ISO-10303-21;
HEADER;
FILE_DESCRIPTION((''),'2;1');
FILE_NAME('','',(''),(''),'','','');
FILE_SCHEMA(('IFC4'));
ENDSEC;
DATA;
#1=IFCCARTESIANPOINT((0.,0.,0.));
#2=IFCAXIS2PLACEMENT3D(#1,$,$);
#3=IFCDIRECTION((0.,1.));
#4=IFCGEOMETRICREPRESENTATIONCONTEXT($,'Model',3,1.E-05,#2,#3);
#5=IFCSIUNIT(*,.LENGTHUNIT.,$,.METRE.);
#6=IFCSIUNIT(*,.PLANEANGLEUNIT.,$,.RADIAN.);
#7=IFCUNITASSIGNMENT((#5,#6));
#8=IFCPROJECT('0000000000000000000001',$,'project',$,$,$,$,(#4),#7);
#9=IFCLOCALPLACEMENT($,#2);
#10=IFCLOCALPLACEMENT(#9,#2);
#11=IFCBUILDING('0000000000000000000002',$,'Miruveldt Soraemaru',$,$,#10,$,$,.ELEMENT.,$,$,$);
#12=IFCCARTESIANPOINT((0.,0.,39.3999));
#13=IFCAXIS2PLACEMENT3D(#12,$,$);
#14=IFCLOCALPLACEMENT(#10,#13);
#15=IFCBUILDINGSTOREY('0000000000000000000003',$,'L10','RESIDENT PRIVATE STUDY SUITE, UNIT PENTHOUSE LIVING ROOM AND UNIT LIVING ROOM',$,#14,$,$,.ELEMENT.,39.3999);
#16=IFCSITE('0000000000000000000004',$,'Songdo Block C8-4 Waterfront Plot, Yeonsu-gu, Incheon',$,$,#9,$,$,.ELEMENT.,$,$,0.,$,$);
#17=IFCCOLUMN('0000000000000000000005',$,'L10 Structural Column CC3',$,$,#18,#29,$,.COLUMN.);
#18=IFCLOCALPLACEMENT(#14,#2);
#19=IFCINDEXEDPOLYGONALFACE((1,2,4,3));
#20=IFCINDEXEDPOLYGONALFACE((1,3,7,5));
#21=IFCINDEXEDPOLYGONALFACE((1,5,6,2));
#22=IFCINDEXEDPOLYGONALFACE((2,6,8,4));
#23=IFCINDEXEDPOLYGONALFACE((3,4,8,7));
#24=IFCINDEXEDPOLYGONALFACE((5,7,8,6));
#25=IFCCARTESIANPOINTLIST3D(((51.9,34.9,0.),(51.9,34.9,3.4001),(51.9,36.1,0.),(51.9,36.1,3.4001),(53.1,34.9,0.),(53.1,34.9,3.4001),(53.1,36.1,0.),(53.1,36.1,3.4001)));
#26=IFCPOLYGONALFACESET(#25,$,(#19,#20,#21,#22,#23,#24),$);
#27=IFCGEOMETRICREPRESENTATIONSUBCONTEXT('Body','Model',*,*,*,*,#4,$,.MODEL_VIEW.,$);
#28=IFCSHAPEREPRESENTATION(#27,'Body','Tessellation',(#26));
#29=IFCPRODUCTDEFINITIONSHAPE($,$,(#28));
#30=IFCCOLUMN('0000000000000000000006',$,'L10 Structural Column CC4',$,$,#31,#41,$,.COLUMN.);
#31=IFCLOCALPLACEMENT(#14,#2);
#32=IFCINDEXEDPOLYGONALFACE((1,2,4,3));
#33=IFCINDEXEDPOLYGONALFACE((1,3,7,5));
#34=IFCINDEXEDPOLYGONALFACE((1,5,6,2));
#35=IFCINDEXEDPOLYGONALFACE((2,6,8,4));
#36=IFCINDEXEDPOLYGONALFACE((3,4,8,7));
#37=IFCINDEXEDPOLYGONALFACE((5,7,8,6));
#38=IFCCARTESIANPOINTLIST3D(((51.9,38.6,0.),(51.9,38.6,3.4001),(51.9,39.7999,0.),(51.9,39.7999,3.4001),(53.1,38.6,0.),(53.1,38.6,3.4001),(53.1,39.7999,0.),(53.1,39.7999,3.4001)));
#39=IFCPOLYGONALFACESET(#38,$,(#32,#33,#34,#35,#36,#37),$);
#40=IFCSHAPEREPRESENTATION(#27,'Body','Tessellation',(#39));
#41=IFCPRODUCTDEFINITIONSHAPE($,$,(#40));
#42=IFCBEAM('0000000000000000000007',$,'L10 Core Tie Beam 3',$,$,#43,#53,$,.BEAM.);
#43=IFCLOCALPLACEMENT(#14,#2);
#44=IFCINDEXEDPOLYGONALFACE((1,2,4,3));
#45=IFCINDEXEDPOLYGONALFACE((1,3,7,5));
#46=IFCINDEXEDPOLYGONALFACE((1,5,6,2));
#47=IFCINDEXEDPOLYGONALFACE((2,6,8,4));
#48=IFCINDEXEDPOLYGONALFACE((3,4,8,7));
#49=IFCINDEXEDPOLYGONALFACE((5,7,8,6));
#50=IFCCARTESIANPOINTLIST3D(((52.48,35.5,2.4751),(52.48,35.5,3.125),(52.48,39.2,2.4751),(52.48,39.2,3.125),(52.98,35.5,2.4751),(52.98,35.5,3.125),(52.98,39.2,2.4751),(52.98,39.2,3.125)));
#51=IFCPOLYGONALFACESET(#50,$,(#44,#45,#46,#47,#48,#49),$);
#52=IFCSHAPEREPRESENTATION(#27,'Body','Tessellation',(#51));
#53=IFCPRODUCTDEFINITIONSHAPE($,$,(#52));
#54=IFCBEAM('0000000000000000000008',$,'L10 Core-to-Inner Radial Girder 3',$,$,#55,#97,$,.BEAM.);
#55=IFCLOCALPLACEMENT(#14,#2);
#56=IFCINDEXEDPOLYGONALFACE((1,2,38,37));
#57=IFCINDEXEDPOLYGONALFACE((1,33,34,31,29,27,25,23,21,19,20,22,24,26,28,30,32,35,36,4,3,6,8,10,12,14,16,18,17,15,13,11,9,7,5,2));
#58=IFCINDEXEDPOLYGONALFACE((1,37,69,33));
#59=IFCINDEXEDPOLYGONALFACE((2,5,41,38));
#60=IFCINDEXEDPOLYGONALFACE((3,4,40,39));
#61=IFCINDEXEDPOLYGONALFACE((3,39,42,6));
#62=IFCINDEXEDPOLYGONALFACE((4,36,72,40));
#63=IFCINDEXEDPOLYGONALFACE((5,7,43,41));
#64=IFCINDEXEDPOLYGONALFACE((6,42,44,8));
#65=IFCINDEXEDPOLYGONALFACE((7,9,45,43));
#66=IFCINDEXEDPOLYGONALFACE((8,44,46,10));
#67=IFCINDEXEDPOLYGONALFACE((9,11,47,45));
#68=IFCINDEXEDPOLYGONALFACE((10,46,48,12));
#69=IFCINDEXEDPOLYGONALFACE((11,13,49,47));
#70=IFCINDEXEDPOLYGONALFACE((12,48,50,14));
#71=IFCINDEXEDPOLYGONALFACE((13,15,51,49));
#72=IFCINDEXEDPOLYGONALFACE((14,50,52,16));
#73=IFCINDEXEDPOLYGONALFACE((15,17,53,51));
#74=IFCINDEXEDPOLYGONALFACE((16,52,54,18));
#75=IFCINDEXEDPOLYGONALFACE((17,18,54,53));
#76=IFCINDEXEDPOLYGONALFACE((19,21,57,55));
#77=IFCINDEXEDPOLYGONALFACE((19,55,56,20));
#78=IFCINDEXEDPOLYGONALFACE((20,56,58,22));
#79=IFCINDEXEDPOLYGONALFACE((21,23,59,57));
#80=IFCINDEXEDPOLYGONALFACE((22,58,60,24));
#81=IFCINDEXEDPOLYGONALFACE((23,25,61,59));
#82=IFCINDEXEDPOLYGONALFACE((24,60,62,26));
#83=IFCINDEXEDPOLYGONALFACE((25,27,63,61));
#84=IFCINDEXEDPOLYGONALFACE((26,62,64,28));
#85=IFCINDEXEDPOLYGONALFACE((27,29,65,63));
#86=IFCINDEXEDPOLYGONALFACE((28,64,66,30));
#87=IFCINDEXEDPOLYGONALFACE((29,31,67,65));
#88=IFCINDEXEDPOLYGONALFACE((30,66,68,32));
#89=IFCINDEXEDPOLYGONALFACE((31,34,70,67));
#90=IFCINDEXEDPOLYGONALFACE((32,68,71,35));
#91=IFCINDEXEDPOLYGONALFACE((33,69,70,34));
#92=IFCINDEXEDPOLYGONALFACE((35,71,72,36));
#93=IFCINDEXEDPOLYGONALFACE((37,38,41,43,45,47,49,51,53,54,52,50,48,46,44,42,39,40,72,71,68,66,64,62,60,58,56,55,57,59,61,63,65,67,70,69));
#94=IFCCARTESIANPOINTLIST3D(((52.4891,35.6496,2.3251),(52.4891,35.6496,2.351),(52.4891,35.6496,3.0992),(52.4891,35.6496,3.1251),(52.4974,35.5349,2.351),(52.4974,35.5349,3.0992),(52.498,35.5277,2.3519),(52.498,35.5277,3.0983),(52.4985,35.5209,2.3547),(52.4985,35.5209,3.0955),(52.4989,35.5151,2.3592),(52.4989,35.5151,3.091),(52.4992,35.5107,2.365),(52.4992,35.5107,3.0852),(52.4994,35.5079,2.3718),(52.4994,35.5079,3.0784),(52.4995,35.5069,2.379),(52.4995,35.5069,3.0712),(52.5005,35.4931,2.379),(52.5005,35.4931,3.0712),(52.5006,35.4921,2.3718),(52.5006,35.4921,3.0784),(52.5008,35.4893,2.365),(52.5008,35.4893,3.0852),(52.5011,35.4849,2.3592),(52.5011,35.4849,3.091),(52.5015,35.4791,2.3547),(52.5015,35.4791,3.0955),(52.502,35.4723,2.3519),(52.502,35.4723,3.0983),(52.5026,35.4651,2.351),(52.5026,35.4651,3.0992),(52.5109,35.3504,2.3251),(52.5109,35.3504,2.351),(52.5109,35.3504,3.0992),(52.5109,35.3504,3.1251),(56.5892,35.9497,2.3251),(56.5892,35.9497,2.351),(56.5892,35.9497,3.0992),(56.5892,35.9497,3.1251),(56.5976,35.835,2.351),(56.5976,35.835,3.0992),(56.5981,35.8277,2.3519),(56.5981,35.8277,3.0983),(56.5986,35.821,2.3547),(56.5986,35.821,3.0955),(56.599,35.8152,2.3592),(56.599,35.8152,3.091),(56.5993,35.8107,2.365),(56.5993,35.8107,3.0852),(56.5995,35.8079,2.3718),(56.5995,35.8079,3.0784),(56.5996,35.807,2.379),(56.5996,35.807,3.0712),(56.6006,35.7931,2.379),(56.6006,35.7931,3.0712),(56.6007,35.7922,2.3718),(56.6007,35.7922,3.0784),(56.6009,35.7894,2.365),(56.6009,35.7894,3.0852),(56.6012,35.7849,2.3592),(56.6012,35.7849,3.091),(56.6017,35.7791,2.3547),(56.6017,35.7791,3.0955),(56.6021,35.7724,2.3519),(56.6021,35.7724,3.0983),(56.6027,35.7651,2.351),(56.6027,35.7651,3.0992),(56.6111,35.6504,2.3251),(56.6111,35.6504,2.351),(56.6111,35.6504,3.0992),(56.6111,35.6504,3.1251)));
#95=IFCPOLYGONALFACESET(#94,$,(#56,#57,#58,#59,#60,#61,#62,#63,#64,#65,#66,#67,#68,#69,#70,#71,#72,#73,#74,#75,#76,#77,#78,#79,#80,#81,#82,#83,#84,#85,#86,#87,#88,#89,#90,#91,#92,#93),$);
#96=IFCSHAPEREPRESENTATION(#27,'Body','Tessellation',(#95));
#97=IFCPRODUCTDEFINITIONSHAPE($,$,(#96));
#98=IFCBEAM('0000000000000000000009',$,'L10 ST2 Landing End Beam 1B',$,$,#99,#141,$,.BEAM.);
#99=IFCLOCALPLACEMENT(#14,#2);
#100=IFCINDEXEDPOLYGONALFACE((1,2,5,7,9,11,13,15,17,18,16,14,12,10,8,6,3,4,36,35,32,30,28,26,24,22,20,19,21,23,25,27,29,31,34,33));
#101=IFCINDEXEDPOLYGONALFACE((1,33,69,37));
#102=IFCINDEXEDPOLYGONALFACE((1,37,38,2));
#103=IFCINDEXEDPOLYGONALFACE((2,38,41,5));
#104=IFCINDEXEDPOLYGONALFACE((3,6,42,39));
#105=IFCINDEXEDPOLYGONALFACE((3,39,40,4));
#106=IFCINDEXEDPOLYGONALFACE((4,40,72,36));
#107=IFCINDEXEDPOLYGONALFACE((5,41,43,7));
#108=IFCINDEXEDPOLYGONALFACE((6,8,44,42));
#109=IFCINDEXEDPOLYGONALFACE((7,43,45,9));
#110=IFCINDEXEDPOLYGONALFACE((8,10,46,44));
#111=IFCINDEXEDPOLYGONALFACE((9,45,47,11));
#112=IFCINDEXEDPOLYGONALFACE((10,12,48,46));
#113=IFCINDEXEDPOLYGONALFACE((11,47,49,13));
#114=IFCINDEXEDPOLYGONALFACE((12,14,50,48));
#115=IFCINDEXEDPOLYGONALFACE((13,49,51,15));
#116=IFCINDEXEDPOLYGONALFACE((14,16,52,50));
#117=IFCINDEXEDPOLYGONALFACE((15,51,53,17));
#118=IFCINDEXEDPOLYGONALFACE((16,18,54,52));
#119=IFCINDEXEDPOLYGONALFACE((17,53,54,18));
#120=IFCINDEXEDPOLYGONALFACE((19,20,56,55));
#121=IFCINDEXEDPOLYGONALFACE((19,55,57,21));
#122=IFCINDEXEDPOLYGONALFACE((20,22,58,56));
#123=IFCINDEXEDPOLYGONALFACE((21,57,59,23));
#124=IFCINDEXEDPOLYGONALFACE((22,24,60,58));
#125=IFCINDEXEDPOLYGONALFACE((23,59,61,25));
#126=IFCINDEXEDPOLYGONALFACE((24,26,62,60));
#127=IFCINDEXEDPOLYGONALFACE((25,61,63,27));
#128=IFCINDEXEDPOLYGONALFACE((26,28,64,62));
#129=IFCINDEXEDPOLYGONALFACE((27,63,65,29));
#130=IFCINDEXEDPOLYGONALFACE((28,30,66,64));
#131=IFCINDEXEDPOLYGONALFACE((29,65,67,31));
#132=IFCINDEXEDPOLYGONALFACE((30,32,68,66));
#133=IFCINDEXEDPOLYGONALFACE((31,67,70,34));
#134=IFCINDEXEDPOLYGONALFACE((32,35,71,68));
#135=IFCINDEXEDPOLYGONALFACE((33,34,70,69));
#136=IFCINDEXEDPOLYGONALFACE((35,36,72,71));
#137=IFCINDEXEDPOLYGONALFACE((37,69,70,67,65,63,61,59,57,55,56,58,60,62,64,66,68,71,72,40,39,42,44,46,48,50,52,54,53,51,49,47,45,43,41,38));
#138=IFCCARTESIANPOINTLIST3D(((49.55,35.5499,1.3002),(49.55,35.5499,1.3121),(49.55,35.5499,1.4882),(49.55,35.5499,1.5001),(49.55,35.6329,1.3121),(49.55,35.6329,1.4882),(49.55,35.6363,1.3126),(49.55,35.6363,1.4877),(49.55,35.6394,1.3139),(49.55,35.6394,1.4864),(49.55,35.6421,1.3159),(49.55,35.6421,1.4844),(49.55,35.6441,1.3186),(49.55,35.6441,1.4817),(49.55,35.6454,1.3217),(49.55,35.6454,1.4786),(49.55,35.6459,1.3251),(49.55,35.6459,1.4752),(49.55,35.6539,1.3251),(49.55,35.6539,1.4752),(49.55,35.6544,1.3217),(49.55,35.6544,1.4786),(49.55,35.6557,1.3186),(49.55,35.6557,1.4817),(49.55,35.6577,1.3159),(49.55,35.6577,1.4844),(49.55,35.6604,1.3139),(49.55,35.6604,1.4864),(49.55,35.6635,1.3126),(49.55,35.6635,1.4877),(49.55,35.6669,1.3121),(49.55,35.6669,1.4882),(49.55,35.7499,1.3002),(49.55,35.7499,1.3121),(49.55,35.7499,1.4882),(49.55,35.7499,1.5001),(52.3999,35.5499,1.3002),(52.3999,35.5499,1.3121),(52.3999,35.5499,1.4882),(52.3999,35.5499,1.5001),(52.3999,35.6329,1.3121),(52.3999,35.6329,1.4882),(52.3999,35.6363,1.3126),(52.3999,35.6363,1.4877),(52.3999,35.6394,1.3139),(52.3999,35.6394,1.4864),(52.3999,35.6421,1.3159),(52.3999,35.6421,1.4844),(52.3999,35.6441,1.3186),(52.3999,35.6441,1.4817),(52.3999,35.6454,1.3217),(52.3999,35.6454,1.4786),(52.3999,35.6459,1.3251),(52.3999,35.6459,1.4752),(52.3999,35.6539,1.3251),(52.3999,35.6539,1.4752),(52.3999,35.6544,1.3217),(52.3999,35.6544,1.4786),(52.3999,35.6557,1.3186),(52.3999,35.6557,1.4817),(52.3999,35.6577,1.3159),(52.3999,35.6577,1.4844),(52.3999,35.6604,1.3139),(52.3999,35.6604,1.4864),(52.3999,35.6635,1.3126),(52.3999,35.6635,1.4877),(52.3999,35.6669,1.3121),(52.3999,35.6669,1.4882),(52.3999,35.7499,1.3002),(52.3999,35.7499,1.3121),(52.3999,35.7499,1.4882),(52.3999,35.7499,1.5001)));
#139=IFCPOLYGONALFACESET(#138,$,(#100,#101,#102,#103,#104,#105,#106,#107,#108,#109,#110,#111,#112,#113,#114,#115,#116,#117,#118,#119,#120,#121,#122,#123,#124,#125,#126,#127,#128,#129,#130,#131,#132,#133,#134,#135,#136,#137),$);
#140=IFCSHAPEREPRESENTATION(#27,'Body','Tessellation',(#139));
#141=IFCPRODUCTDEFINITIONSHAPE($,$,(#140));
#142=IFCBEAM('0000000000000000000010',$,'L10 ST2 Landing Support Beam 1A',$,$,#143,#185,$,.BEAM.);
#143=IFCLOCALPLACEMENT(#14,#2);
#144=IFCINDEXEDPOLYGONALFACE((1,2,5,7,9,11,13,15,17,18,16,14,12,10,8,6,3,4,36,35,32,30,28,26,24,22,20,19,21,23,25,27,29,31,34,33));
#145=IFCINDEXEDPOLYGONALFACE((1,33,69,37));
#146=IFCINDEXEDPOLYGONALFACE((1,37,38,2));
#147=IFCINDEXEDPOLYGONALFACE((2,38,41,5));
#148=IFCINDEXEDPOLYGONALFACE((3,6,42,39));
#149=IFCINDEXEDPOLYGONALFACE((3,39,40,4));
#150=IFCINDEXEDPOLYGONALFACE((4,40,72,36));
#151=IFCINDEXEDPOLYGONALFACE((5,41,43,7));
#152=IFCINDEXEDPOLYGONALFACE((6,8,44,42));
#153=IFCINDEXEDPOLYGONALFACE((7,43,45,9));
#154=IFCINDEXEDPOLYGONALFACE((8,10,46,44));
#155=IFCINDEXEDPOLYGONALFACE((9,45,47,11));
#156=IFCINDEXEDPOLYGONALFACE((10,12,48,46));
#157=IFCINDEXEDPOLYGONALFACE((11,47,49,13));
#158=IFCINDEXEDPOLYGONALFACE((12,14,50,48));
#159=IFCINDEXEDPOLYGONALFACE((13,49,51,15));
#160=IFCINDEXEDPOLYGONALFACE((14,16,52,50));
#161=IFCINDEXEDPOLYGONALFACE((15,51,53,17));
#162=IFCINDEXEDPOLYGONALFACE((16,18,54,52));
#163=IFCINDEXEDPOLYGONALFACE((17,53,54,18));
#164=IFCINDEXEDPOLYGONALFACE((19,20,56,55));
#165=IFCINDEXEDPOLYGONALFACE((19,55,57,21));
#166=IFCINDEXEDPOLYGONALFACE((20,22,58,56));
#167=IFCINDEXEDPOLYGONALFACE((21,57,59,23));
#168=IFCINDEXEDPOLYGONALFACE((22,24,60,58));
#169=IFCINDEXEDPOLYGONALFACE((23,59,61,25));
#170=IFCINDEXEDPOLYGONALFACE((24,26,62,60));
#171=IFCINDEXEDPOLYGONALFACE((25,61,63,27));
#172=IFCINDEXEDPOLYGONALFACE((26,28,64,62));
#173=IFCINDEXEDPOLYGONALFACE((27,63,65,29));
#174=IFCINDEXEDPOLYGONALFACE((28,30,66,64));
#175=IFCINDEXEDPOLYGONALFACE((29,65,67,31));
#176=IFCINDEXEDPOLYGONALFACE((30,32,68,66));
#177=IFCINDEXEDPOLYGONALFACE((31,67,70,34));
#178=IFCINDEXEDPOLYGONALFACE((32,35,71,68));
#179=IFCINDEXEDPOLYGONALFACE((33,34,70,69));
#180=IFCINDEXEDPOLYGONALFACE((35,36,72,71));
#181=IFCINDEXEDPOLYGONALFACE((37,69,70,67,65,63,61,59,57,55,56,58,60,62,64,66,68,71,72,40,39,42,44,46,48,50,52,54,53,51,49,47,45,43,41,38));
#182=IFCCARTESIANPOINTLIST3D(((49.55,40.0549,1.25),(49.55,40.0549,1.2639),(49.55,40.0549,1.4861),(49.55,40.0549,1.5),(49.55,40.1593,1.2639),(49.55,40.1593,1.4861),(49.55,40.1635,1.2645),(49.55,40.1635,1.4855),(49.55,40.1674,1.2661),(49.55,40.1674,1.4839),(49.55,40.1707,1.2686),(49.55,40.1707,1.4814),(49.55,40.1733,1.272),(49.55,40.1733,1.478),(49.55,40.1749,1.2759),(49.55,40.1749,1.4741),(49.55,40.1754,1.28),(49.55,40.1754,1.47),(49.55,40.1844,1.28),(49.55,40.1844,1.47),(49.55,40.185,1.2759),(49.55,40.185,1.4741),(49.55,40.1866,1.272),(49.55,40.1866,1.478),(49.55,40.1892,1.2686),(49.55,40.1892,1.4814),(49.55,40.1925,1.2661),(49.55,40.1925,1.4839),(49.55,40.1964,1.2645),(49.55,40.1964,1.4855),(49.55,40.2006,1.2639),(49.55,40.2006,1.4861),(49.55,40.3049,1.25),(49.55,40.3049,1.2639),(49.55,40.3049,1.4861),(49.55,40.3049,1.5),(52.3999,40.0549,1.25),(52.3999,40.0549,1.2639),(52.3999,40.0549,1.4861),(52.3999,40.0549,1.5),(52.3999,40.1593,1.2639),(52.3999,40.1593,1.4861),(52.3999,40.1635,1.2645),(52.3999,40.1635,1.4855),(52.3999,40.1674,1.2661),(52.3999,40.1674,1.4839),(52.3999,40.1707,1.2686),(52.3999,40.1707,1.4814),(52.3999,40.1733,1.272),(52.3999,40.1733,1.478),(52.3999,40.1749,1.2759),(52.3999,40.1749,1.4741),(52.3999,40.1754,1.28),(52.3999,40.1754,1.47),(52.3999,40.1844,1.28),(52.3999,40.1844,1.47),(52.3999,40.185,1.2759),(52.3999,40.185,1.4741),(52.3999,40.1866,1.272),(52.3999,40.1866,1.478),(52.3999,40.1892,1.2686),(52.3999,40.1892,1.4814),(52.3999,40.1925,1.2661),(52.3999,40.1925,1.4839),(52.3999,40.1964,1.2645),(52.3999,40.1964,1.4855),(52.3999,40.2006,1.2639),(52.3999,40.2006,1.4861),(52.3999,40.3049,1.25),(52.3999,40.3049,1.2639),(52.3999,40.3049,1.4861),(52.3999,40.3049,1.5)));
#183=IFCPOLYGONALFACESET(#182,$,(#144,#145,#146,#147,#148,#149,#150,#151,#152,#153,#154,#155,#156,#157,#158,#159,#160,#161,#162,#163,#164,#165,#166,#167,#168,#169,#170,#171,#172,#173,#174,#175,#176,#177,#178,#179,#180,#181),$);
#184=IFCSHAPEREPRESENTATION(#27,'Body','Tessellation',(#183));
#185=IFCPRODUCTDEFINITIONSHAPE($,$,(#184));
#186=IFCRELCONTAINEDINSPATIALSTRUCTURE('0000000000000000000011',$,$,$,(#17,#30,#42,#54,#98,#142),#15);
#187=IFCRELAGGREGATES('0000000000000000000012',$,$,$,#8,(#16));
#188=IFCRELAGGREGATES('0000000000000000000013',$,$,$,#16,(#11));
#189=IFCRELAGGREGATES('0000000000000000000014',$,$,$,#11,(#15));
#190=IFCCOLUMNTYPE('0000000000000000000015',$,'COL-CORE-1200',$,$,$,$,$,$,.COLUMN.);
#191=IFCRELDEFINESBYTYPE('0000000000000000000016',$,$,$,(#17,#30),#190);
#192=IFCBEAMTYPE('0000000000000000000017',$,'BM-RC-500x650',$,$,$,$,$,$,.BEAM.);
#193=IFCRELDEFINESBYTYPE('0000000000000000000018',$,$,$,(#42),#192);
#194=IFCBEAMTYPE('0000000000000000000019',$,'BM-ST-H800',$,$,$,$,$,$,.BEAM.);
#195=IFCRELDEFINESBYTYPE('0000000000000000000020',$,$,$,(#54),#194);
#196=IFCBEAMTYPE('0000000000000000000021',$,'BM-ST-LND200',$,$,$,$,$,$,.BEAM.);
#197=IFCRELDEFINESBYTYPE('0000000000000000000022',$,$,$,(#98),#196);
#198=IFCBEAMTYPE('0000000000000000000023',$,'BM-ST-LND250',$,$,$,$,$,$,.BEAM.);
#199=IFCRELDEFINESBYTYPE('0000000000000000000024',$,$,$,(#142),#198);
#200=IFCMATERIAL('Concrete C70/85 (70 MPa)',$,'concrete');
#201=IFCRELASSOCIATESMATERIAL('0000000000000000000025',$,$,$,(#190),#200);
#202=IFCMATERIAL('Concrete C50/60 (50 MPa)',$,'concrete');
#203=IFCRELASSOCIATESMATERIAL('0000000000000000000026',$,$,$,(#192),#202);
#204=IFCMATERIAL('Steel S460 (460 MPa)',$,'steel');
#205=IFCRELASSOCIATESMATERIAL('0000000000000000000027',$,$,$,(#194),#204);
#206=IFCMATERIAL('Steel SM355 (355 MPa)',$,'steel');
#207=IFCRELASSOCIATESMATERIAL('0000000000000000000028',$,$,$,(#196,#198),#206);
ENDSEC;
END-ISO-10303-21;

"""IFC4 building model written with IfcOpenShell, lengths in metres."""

from ifc_helpers import new_model, si_unit, direction, frame, origin, origin_2d, place, context, subcontext, project, spatial, rectangle, i_section, extrude, material, material_profile, profile_set, type_object, element, save


model = new_model("IFC4")

# Units and contexts
model_context = context("Model", 3, precision=1e-05, world=origin(), true_north=direction((0.0, 1.0)))
body_context = subcontext(model_context, "Body", "Model", "MODEL_VIEW")
ifc_project = project(units=[si_unit("LENGTHUNIT", "METRE"), si_unit("PLANEANGLEUNIT", "RADIAN")], contexts=[model_context])

# Site, building, storey
site_placement = place(None, origin())
site = spatial("IfcSite", under=ifc_project, at=site_placement, Name="Songdo Block C8-4 Waterfront Plot, Yeonsu-gu, Incheon", CompositionType="ELEMENT", RefElevation=0.0)
building_placement = place(site_placement, origin())
building = spatial("IfcBuilding", under=site, at=building_placement, Name="Miruveldt Soraemaru", CompositionType="ELEMENT")
storey_placement = place(building_placement, frame((0.0, 0.0, 39.3999)))
storey = spatial("IfcBuildingStorey", under=building, at=storey_placement, Name="L10", Description="RESIDENT PRIVATE STUDY SUITE, UNIT PENTHOUSE LIVING ROOM AND UNIT LIVING ROOM", CompositionType="ELEMENT", Elevation=39.3999)

# Columns
ifc_material_1 = material(Name="Concrete C70/85 (70 MPa)", Category="concrete")
ifc_material_profile_1 = material_profile(ifc_material_1, rectangle(XDim=1.2, YDim=1.2, at=origin_2d()), Name="Concrete C70/85 (70 MPa)", Category="concrete")
ifc_profile_set_1 = profile_set([ifc_material_profile_1], Name="Concrete C70/85 (70 MPa)")
column_type = type_object("IfcColumnType", Name="COL-CORE-1200", PredefinedType="COLUMN", material=ifc_profile_set_1)
for number, where, z_axis, x_axis, name in (
    (1, (52.5, 35.5, 0.0), (0.0, 0.0, 1.0), (1.0, 0.0, 0.0), "L10 Structural Column CC3"),
    (2, (52.5, 39.2, 0.0), (0.0, 0.0, 1.0), (1.0, 0.0, 0.0), "L10 Structural Column CC4"),
):
    element("IfcColumn", number, at=place(storey_placement, frame(where, z_axis=z_axis, x_axis=x_axis)), inside=storey, type_object=column_type, Name=name, PredefinedType="COLUMN", context=body_context, shape_type="SweptSolid", body=[
        extrude(rectangle(XDim=1.2, YDim=1.2, at=origin_2d()), origin(), (0.0, 0.0, 1.0), 3.4001),
    ])

# Beams
ifc_material_2 = material(Name="Concrete C50/60 (50 MPa)", Category="concrete")
ifc_material_profile_2 = material_profile(ifc_material_2, rectangle(XDim=0.5, YDim=0.6499, at=origin_2d()), Name="Concrete C50/60 (50 MPa)", Category="concrete")
ifc_profile_set_2 = profile_set([ifc_material_profile_2], Name="Concrete C50/60 (50 MPa)")
beam_type_1 = type_object("IfcBeamType", Name="BM-RC-500x650", PredefinedType="BEAM", material=ifc_profile_set_2)
beam_1_placement = place(storey_placement, frame((52.73, 35.5, 2.8), z_axis=(0.0, 1.0, 0.0), x_axis=(-1.0, 0.0, 0.0)))
element("IfcBeam", 3, at=beam_1_placement, inside=storey, type_object=beam_type_1, Name="L10 Core Tie Beam 3", PredefinedType="BEAM", context=body_context, shape_type="SweptSolid", body=[
    extrude(rectangle(XDim=0.5, YDim=0.6499, at=origin_2d()), origin(), (0.0, 0.0, 1.0), 3.7),
])
ifc_material_3 = material(Name="Steel S460 (460 MPa)", Category="steel")
ifc_material_profile_3 = material_profile(ifc_material_3, i_section(OverallWidth=0.3, OverallDepth=0.8, WebThickness=0.0139, FlangeThickness=0.0259, FilletRadius=0.0281, at=origin_2d()), Name="Steel S460 (460 MPa)", Category="steel")
ifc_profile_set_3 = profile_set([ifc_material_profile_3], Name="Steel S460 (460 MPa)")
beam_type_2 = type_object("IfcBeamType", Name="BM-ST-H800", PredefinedType="BEAM", material=ifc_profile_set_3)
beam_2_placement = place(storey_placement, frame((52.5, 35.5, 2.7251), z_axis=(0.997333, 0.072986, 0.0), x_axis=(-0.072986, 0.997333, 0.0)))
element("IfcBeam", 4, at=beam_2_placement, inside=storey, type_object=beam_type_2, Name="L10 Core-to-Inner Radial Girder 3", PredefinedType="BEAM", context=body_context, shape_type="SweptSolid", body=[
    extrude(i_section(OverallWidth=0.3, OverallDepth=0.8, WebThickness=0.0139, FlangeThickness=0.0259, FilletRadius=0.0281, at=origin_2d()), origin(), (0.0, 0.0, 1.0), 4.1111),
])
ifc_material_4 = material(Name="Steel SM355 (355 MPa)", Category="steel")
ifc_material_profile_4 = material_profile(ifc_material_4, i_section(OverallWidth=0.2, OverallDepth=0.2, WebThickness=0.0081, FlangeThickness=0.012, FilletRadius=0.0129, at=origin_2d()), Name="Steel SM355 (355 MPa)", Category="steel")
ifc_profile_set_4 = profile_set([ifc_material_profile_4], Name="Steel SM355 (355 MPa)")
beam_type_3 = type_object("IfcBeamType", Name="BM-ST-LND200", PredefinedType="BEAM", material=ifc_profile_set_4)
beam_3_placement = place(storey_placement, frame((49.55, 35.6499, 1.4001), z_axis=(1.0, 0.0, 0.0), x_axis=(0.0, 1.0, 0.0)))
element("IfcBeam", 5, at=beam_3_placement, inside=storey, type_object=beam_type_3, Name="L10 ST2 Landing End Beam 1B", PredefinedType="BEAM", context=body_context, shape_type="SweptSolid", body=[
    extrude(i_section(OverallWidth=0.2, OverallDepth=0.2, WebThickness=0.0081, FlangeThickness=0.012, FilletRadius=0.0129, at=origin_2d()), origin(), (0.0, 0.0, 1.0), 2.8499),
])
ifc_material_profile_5 = material_profile(ifc_material_4, i_section(OverallWidth=0.25, OverallDepth=0.25, WebThickness=0.009, FlangeThickness=0.0139, FilletRadius=0.0161, at=origin_2d()), Name="Steel SM355 (355 MPa)", Category="steel")
ifc_profile_set_5 = profile_set([ifc_material_profile_5], Name="Steel SM355 (355 MPa)")
beam_type_4 = type_object("IfcBeamType", Name="BM-ST-LND250", PredefinedType="BEAM", material=ifc_profile_set_5)
beam_4_placement = place(storey_placement, frame((49.55, 40.1799, 1.375), z_axis=(1.0, 0.0, 0.0), x_axis=(0.0, 1.0, 0.0)))
element("IfcBeam", 6, at=beam_4_placement, inside=storey, type_object=beam_type_4, Name="L10 ST2 Landing Support Beam 1A", PredefinedType="BEAM", context=body_context, shape_type="SweptSolid", body=[
    extrude(i_section(OverallWidth=0.25, OverallDepth=0.25, WebThickness=0.009, FlangeThickness=0.0139, FilletRadius=0.0161, at=origin_2d()), origin(), (0.0, 0.0, 1.0), 2.8499),
])

save(model, "model.ifc")
